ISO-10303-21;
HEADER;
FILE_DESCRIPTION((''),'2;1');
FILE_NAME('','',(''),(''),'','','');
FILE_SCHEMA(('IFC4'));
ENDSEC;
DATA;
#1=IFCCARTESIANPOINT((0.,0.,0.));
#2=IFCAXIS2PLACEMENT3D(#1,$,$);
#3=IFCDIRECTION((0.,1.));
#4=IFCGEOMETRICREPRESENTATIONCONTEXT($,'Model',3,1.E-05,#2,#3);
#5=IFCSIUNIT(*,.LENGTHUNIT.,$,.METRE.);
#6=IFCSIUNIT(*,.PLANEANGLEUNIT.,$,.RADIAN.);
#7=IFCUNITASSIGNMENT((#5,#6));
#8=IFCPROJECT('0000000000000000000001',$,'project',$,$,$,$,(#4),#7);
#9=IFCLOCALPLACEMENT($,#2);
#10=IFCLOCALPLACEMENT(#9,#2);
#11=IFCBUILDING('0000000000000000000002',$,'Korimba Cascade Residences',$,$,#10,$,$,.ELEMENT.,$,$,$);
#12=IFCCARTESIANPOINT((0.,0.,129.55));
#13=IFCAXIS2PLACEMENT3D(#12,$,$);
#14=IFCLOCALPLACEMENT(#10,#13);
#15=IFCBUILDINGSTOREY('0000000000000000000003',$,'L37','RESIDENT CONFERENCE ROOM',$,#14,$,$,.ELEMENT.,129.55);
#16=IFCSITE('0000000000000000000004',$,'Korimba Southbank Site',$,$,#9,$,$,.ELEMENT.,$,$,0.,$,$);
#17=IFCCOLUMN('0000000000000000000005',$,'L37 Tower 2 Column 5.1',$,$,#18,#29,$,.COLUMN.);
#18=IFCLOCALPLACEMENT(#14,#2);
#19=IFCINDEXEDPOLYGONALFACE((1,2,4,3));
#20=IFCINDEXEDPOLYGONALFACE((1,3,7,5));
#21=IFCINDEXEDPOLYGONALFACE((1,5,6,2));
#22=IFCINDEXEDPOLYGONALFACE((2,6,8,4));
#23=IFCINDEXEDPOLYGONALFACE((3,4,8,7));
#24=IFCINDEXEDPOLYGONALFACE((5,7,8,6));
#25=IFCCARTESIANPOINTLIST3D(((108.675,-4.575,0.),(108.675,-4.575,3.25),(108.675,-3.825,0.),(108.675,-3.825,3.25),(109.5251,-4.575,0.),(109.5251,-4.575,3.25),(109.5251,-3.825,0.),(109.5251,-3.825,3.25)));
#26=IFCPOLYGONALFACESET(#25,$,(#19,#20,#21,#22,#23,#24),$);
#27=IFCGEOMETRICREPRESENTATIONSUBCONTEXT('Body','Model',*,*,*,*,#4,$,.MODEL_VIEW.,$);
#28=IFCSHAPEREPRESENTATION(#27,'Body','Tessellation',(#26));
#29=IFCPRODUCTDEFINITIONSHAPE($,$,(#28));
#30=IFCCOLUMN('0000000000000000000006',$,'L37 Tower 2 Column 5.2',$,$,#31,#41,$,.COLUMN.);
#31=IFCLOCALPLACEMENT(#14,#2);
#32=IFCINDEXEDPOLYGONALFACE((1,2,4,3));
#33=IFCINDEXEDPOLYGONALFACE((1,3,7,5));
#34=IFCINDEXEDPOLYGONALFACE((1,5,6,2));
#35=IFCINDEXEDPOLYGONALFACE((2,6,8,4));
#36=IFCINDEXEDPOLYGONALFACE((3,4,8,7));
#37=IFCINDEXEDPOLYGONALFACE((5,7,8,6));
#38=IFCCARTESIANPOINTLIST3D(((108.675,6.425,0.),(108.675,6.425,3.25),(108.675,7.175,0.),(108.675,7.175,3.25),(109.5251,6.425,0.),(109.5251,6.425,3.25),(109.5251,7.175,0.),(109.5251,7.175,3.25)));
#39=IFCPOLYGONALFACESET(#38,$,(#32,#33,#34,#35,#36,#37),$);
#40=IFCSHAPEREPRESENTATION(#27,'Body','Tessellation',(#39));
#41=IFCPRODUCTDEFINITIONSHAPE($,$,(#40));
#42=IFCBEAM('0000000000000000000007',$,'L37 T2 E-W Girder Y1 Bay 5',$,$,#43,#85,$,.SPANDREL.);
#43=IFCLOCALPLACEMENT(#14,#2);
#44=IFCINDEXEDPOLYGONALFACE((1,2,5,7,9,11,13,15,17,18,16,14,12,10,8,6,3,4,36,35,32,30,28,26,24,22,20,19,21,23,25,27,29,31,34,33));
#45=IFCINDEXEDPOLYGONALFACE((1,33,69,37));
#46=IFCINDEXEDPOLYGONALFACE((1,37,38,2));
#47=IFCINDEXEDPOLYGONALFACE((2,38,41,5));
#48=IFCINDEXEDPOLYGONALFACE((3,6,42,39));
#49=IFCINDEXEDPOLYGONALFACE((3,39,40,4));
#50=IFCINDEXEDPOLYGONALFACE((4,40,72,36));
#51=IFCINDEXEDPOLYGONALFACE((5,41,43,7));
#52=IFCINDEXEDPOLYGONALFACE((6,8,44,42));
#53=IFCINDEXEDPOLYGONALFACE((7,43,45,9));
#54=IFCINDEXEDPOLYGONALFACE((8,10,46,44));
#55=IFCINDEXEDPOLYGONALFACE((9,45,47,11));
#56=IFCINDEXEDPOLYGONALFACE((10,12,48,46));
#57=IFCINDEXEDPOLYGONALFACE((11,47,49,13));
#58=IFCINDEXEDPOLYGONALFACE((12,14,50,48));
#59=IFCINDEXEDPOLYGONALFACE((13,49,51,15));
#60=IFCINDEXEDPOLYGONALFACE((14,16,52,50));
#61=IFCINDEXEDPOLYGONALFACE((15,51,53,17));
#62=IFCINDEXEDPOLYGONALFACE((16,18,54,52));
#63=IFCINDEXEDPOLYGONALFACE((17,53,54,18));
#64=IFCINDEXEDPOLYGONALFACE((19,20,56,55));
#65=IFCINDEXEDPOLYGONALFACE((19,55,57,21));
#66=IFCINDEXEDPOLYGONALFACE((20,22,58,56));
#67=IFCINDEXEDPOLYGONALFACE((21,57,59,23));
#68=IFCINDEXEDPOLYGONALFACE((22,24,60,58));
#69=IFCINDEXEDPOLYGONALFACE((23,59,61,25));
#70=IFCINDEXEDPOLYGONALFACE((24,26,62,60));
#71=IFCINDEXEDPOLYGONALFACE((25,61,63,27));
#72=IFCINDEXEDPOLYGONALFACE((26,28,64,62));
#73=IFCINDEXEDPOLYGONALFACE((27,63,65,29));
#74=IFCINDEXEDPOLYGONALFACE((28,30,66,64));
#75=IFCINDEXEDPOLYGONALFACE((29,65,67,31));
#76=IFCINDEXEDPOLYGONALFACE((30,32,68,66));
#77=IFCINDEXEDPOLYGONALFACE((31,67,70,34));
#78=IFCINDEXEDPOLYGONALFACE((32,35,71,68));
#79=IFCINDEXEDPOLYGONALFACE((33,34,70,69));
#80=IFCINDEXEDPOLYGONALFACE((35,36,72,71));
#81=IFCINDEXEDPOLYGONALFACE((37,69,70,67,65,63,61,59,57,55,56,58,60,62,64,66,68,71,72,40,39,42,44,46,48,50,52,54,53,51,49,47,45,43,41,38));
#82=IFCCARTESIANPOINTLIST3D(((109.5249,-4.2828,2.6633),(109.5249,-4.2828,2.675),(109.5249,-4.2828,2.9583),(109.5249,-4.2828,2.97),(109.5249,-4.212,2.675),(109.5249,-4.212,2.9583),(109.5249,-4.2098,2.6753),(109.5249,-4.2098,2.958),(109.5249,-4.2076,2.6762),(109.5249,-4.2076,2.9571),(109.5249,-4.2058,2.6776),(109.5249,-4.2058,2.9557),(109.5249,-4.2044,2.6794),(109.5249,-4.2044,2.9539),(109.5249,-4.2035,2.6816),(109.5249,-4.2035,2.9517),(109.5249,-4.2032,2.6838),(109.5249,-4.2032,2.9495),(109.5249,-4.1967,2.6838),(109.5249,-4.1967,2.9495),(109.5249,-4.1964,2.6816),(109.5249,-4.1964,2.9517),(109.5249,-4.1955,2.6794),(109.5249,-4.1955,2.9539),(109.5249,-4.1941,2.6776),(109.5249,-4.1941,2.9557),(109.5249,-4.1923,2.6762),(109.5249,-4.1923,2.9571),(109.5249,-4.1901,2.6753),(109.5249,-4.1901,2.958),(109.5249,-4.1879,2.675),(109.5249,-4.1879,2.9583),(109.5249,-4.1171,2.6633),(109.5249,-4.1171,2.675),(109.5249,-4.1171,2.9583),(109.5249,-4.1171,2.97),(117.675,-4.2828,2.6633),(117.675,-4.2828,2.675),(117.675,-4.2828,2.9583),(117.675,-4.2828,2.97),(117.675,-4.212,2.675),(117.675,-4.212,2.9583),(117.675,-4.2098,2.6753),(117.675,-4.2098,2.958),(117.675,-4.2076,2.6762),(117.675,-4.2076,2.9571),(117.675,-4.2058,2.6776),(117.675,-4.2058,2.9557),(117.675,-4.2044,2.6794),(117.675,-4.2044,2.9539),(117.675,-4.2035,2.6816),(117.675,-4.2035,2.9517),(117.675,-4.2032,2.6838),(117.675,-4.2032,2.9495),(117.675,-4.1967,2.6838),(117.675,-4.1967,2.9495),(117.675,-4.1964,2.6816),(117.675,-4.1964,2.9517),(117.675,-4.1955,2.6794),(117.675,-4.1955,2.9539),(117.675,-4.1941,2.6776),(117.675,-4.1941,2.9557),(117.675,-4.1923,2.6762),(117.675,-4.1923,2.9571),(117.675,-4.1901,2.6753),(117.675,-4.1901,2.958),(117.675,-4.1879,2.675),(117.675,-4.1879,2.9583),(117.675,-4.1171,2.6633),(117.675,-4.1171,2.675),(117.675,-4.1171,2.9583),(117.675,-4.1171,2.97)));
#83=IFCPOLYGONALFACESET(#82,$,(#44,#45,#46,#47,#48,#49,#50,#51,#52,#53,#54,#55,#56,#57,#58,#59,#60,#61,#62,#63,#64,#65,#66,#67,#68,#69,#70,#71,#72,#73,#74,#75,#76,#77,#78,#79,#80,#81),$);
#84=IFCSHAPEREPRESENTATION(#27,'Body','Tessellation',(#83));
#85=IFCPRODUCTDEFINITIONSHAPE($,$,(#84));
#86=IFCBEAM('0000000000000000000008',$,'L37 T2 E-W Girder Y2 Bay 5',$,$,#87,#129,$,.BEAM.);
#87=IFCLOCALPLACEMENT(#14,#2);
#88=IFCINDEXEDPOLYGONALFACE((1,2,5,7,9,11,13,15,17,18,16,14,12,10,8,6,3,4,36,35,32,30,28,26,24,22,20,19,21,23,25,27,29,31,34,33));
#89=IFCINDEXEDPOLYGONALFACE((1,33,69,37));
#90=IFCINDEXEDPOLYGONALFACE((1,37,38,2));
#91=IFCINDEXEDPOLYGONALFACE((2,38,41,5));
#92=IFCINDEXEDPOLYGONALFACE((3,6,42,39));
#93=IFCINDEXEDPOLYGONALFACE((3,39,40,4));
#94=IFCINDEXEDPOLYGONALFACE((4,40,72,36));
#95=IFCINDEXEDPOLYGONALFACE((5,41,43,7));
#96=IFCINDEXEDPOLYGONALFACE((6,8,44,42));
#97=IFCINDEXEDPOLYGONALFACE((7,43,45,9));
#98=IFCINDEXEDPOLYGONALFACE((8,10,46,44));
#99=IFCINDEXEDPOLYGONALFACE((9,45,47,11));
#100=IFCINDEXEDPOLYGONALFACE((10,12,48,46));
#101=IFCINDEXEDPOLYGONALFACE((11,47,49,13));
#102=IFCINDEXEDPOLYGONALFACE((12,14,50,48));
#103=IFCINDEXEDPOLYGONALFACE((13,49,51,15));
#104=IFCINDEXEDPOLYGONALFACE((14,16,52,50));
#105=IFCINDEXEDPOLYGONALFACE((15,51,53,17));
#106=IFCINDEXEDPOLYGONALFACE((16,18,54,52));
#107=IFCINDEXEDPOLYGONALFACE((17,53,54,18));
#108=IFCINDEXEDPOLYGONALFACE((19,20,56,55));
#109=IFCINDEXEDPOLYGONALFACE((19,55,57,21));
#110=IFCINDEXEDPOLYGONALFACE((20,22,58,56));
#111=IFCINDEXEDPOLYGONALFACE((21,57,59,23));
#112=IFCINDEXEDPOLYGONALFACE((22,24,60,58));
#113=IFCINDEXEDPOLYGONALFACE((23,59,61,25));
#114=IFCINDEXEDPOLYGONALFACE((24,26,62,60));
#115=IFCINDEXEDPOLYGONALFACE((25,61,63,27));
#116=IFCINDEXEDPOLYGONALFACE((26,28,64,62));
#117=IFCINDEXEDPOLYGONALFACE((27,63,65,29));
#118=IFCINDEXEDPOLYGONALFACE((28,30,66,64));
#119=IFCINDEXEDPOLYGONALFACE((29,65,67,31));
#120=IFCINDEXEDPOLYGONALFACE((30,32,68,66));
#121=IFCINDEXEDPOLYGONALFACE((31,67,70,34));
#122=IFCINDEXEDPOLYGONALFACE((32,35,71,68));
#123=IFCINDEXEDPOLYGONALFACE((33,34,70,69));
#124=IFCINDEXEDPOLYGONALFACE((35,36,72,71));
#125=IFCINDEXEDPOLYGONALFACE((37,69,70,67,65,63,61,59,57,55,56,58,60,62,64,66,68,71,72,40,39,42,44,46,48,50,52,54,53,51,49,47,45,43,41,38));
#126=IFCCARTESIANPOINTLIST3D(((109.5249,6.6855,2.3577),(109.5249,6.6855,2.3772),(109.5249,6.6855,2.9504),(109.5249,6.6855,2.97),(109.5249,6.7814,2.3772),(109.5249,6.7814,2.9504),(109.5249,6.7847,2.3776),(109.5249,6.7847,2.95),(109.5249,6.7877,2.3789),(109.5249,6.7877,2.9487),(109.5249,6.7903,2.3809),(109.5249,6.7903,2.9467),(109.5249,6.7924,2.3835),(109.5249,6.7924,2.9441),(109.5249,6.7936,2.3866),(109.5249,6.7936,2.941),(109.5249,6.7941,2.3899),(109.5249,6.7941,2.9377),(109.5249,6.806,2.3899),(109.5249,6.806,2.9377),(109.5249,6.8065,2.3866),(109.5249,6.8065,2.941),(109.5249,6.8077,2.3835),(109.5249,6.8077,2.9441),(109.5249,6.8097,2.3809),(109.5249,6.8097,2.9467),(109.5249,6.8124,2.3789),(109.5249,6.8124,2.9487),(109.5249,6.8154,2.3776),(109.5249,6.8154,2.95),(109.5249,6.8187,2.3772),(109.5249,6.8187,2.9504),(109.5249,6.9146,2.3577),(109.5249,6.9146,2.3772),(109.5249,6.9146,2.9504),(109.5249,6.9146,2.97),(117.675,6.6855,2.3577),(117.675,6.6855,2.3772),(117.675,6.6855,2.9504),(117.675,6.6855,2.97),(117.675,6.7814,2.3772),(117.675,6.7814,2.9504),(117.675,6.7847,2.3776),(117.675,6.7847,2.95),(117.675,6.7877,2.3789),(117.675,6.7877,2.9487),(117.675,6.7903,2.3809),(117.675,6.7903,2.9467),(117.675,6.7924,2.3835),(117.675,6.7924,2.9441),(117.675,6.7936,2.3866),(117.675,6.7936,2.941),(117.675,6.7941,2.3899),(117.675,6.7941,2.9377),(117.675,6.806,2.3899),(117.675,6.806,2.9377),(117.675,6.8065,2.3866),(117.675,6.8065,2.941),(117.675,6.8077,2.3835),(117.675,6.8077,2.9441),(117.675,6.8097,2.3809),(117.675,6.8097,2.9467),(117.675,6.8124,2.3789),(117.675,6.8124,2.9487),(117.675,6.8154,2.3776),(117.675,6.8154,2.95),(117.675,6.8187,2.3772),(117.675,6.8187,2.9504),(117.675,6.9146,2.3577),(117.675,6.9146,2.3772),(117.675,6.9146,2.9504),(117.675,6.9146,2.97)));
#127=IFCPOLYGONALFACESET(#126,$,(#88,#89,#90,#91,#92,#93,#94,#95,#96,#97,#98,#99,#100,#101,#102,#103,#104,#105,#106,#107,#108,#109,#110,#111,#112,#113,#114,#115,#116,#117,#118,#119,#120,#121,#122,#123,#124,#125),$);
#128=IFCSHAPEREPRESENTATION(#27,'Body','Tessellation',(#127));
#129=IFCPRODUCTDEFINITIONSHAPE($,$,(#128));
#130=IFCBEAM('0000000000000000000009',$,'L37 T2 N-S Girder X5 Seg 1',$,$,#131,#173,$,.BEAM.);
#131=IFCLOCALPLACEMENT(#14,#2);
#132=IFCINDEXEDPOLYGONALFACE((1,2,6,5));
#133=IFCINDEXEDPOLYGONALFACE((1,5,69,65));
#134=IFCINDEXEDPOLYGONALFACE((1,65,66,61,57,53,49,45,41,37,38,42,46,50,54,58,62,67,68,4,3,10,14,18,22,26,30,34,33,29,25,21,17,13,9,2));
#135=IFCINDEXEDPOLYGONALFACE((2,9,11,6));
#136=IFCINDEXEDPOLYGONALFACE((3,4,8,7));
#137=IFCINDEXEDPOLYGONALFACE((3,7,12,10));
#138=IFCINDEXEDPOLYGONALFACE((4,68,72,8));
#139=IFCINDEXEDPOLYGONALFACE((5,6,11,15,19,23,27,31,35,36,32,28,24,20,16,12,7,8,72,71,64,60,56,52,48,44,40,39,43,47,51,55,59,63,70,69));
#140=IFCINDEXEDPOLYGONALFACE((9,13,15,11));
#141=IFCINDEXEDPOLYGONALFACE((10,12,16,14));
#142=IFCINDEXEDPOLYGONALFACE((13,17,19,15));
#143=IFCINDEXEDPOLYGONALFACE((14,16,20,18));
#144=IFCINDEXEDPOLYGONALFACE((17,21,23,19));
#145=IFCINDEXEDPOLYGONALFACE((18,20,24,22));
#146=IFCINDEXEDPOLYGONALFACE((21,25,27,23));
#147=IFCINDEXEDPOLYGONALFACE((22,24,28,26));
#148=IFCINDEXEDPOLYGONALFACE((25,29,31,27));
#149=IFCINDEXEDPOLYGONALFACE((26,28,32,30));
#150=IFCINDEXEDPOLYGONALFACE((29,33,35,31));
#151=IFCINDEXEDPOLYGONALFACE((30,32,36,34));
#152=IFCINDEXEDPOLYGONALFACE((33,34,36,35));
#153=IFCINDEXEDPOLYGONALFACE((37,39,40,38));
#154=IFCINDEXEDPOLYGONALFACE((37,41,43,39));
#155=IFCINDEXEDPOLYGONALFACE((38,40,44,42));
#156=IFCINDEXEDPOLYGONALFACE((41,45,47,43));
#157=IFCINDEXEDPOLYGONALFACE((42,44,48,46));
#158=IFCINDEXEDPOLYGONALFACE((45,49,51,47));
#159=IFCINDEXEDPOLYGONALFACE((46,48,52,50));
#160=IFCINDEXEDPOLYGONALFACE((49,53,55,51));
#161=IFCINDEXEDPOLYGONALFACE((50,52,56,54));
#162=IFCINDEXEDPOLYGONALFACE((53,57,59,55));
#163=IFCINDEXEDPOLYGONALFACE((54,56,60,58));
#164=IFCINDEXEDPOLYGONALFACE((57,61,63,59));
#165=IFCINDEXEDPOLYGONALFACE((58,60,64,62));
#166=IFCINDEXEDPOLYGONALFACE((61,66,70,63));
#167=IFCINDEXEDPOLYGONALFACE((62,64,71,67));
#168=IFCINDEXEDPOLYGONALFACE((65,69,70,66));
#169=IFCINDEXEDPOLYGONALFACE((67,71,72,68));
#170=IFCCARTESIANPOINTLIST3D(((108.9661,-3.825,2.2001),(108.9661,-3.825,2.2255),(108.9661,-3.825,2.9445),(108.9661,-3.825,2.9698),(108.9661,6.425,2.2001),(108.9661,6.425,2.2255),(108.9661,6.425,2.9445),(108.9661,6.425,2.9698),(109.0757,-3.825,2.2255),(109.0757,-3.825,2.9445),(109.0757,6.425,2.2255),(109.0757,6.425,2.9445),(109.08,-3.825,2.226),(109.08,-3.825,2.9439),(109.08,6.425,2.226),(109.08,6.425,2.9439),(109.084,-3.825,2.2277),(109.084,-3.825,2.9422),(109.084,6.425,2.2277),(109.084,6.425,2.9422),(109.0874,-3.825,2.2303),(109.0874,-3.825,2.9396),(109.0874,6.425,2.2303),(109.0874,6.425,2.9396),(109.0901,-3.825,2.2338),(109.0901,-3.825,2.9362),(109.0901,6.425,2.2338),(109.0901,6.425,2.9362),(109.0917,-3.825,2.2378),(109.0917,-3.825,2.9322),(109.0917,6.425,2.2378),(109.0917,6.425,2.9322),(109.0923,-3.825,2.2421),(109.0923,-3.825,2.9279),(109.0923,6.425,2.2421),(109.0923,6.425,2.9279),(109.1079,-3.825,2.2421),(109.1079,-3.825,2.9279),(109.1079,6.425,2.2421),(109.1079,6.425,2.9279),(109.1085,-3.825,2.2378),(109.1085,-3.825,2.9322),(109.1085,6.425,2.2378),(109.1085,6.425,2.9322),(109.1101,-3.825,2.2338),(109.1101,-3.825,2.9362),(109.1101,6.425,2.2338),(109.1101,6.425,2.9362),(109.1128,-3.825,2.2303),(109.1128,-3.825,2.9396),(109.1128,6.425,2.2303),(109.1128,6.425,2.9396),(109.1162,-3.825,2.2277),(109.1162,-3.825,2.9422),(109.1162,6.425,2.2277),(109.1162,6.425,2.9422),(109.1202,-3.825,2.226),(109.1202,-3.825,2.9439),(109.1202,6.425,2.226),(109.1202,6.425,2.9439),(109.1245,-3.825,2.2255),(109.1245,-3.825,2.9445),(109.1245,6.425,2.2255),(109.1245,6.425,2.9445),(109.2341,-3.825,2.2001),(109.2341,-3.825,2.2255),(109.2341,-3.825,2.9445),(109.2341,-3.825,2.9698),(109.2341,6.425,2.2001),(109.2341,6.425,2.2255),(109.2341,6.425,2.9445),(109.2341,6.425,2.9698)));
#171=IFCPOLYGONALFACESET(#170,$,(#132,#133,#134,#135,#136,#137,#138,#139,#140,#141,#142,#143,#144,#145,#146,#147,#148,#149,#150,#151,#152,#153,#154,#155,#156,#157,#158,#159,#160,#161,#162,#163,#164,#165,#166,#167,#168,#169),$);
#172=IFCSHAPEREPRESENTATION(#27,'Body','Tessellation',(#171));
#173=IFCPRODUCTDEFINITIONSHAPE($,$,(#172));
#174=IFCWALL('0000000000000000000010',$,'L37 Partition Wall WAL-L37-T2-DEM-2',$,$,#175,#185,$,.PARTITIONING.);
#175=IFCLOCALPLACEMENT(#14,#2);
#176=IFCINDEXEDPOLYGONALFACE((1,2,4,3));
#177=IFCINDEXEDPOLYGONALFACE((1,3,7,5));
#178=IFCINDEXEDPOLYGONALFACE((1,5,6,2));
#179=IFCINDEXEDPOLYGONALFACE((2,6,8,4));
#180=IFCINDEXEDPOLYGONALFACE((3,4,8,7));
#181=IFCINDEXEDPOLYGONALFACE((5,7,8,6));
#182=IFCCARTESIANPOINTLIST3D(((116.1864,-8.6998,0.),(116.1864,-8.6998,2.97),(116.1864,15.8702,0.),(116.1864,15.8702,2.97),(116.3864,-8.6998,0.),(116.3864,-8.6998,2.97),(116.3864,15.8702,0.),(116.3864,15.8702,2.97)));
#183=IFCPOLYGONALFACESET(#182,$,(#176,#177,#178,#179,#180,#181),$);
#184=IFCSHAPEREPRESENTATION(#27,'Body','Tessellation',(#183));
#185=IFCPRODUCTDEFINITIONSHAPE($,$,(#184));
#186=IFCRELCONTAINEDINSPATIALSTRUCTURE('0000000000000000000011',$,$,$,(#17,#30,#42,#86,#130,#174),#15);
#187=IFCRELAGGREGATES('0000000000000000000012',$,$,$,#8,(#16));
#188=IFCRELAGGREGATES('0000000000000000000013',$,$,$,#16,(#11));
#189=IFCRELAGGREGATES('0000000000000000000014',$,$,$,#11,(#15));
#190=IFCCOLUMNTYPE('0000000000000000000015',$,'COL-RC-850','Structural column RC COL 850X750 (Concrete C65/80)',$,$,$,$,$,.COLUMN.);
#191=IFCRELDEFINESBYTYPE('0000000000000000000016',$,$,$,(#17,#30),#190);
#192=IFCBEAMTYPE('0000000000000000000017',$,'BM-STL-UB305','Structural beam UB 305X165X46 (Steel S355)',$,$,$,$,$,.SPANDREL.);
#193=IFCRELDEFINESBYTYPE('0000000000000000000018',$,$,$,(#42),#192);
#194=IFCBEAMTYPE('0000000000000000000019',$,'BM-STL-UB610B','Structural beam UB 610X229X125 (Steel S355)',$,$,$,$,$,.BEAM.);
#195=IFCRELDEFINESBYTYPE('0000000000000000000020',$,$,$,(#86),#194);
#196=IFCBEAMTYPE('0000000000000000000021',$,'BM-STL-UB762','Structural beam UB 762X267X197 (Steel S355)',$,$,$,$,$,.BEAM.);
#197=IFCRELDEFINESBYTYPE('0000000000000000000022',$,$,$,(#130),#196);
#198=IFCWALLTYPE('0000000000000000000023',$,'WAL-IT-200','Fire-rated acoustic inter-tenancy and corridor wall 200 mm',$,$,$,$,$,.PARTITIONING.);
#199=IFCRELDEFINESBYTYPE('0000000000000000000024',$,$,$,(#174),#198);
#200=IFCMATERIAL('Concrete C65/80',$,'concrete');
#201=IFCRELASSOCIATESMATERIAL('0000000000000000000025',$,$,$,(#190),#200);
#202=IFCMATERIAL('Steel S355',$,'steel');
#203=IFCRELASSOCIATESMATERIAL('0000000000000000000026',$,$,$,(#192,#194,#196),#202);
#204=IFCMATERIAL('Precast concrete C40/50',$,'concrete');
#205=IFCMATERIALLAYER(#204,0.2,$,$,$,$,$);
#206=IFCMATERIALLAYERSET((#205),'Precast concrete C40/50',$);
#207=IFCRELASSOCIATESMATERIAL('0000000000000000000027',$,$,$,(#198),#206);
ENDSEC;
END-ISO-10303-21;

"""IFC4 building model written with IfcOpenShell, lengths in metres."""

from ifc_helpers import new_model, si_unit, direction, frame, frame_2d, origin, origin_2d, place, context, subcontext, project, spatial, rectangle, i_section, extrude, material, layer, layer_set, material_profile, profile_set, type_object, element, save


model = new_model("IFC4")

# Units and contexts
model_context = context("Model", 3, precision=1e-05, world=origin(), true_north=direction((0.0, 1.0)))
body_context = subcontext(model_context, "Body", "Model", "MODEL_VIEW")
ifc_project = project(units=[si_unit("LENGTHUNIT", "METRE"), si_unit("PLANEANGLEUNIT", "RADIAN")], contexts=[model_context])

# Site, building, storey
site_placement = place(None, origin())
site = spatial("IfcSite", under=ifc_project, at=site_placement, Name="Korimba Southbank Site", CompositionType="ELEMENT", RefElevation=0.0)
building_placement = place(site_placement, origin())
building = spatial("IfcBuilding", under=site, at=building_placement, Name="Korimba Cascade Residences", CompositionType="ELEMENT")
storey_placement = place(building_placement, frame((0.0, 0.0, 129.55)))
storey = spatial("IfcBuildingStorey", under=building, at=storey_placement, Name="L37", Description="RESIDENT CONFERENCE ROOM", CompositionType="ELEMENT", Elevation=129.55)

# Columns
ifc_material_1 = material(Name="Concrete C65/80", Category="concrete")
ifc_material_profile_1 = material_profile(ifc_material_1, rectangle(XDim=0.8501, YDim=0.75, at=origin_2d()), Name="Concrete C65/80")
ifc_profile_set_1 = profile_set([ifc_material_profile_1], Name="Concrete C65/80")
column_type = type_object("IfcColumnType", Name="COL-RC-850", Description="Structural column RC COL 850X750 (Concrete C65/80)", PredefinedType="COLUMN", material=ifc_profile_set_1)
for number, where, z_axis, x_axis, name in (
    (1, (109.1001, -4.2, 0.0), (0.0, 0.0, 1.0), (1.0, 0.0, 0.0), "L37 Tower 2 Column 5.1"),
    (2, (109.1001, 6.8, 0.0), (0.0, 0.0, 1.0), (1.0, 0.0, 0.0), "L37 Tower 2 Column 5.2"),
):
    element("IfcColumn", number, at=place(storey_placement, frame(where, z_axis=z_axis, x_axis=x_axis)), inside=storey, type_object=column_type, Name=name, PredefinedType="COLUMN", context=body_context, shape_type="SweptSolid", body=[
        extrude(rectangle(XDim=0.8501, YDim=0.75, at=origin_2d()), origin(), (0.0, 0.0, 1.0), 3.25),
    ])

# Beams
ifc_material_2 = material(Name="Steel S355", Category="steel")
ifc_material_profile_2 = material_profile(ifc_material_2, i_section(OverallWidth=0.1658, OverallDepth=0.3066, WebThickness=0.0066, FlangeThickness=0.0117, FilletRadius=0.0088, at=origin_2d()), Name="Steel S355")
ifc_profile_set_2 = profile_set([ifc_material_profile_2], Name="Steel S355")
beam_type_1 = type_object("IfcBeamType", Name="BM-STL-UB305", Description="Structural beam UB 305X165X46 (Steel S355)", PredefinedType="SPANDREL", material=ifc_profile_set_2)
beam_1_placement = place(storey_placement, frame((109.5249, -4.2, 2.8167), z_axis=(1.0, 0.0, 0.0), x_axis=(0.0, 1.0, 0.0)))
element("IfcBeam", 3, at=beam_1_placement, inside=storey, type_object=beam_type_1, Name="L37 T2 E-W Girder Y1 Bay 5", PredefinedType="SPANDREL", context=body_context, shape_type="SweptSolid", body=[
    extrude(i_section(OverallWidth=0.1658, OverallDepth=0.3066, WebThickness=0.0066, FlangeThickness=0.0117, FilletRadius=0.0088, at=origin_2d()), origin(), (0.0, 0.0, 1.0), 8.1501),
])
ifc_material_profile_3 = material_profile(ifc_material_2, i_section(OverallWidth=0.229, OverallDepth=0.6123, WebThickness=0.012, FlangeThickness=0.0195, FilletRadius=0.0127, at=origin_2d()), Name="Steel S355")
ifc_profile_set_3 = profile_set([ifc_material_profile_3], Name="Steel S355")
beam_type_2 = type_object("IfcBeamType", Name="BM-STL-UB610B", Description="Structural beam UB 610X229X125 (Steel S355)", PredefinedType="BEAM", material=ifc_profile_set_3)
beam_2_placement = place(storey_placement, frame((109.5249, 6.8, 2.6638), z_axis=(1.0, 0.0, 0.0), x_axis=(0.0, 1.0, 0.0)))
element("IfcBeam", 4, at=beam_2_placement, inside=storey, type_object=beam_type_2, Name="L37 T2 E-W Girder Y2 Bay 5", PredefinedType="BEAM", context=body_context, shape_type="SweptSolid", body=[
    extrude(i_section(OverallWidth=0.229, OverallDepth=0.6123, WebThickness=0.012, FlangeThickness=0.0195, FilletRadius=0.0127, at=origin_2d()), origin(), (0.0, 0.0, 1.0), 8.1501),
])
ifc_material_profile_4 = material_profile(ifc_material_2, i_section(OverallWidth=0.2681, OverallDepth=0.7698, WebThickness=0.0156, FlangeThickness=0.0254, FilletRadius=0.0166, at=origin_2d()), Name="Steel S355")
ifc_profile_set_4 = profile_set([ifc_material_profile_4], Name="Steel S355")
beam_type_3 = type_object("IfcBeamType", Name="BM-STL-UB762", Description="Structural beam UB 762X267X197 (Steel S355)", PredefinedType="BEAM", material=ifc_profile_set_4)
beam_3_placement = place(storey_placement, frame((109.1001, -3.825, 2.585), z_axis=(0.0, 1.0, 0.0), x_axis=(-1.0, 0.0, 0.0)))
element("IfcBeam", 5, at=beam_3_placement, inside=storey, type_object=beam_type_3, Name="L37 T2 N-S Girder X5 Seg 1", PredefinedType="BEAM", context=body_context, shape_type="SweptSolid", body=[
    extrude(i_section(OverallWidth=0.2681, OverallDepth=0.7698, WebThickness=0.0156, FlangeThickness=0.0254, FilletRadius=0.0166, at=origin_2d()), origin(), (0.0, 0.0, 1.0), 10.25),
])

# Wall
ifc_material_3 = material(Name="Precast concrete C40/50", Category="concrete")
ifc_layer_1 = layer(ifc_material_3, 0.2)
ifc_layer_set_1 = layer_set([ifc_layer_1], Name="Precast concrete C40/50")
wall_type_1 = type_object("IfcWallType", Name="WAL-IT-200", Description="Fire-rated acoustic inter-tenancy and corridor wall 200 mm", PredefinedType="PARTITIONING", material=ifc_layer_set_1)
wall_1_placement = place(storey_placement, frame((116.2864, -8.7, 0.0), z_axis=(0.0, 0.0, 1.0), x_axis=(0.0, 1.0, 0.0)))
element("IfcWall", 6, at=wall_1_placement, inside=storey, type_object=wall_type_1, Name="L37 Partition Wall WAL-L37-T2-DEM-2", PredefinedType="PARTITIONING", context=body_context, shape_type="SweptSolid", body=[
    extrude(rectangle(XDim=24.5701, YDim=0.2, at=frame_2d((12.2852, 0.0))), origin(), (0.0, 0.0, 1.0), 2.97),
])

save(model, "model.ifc")
